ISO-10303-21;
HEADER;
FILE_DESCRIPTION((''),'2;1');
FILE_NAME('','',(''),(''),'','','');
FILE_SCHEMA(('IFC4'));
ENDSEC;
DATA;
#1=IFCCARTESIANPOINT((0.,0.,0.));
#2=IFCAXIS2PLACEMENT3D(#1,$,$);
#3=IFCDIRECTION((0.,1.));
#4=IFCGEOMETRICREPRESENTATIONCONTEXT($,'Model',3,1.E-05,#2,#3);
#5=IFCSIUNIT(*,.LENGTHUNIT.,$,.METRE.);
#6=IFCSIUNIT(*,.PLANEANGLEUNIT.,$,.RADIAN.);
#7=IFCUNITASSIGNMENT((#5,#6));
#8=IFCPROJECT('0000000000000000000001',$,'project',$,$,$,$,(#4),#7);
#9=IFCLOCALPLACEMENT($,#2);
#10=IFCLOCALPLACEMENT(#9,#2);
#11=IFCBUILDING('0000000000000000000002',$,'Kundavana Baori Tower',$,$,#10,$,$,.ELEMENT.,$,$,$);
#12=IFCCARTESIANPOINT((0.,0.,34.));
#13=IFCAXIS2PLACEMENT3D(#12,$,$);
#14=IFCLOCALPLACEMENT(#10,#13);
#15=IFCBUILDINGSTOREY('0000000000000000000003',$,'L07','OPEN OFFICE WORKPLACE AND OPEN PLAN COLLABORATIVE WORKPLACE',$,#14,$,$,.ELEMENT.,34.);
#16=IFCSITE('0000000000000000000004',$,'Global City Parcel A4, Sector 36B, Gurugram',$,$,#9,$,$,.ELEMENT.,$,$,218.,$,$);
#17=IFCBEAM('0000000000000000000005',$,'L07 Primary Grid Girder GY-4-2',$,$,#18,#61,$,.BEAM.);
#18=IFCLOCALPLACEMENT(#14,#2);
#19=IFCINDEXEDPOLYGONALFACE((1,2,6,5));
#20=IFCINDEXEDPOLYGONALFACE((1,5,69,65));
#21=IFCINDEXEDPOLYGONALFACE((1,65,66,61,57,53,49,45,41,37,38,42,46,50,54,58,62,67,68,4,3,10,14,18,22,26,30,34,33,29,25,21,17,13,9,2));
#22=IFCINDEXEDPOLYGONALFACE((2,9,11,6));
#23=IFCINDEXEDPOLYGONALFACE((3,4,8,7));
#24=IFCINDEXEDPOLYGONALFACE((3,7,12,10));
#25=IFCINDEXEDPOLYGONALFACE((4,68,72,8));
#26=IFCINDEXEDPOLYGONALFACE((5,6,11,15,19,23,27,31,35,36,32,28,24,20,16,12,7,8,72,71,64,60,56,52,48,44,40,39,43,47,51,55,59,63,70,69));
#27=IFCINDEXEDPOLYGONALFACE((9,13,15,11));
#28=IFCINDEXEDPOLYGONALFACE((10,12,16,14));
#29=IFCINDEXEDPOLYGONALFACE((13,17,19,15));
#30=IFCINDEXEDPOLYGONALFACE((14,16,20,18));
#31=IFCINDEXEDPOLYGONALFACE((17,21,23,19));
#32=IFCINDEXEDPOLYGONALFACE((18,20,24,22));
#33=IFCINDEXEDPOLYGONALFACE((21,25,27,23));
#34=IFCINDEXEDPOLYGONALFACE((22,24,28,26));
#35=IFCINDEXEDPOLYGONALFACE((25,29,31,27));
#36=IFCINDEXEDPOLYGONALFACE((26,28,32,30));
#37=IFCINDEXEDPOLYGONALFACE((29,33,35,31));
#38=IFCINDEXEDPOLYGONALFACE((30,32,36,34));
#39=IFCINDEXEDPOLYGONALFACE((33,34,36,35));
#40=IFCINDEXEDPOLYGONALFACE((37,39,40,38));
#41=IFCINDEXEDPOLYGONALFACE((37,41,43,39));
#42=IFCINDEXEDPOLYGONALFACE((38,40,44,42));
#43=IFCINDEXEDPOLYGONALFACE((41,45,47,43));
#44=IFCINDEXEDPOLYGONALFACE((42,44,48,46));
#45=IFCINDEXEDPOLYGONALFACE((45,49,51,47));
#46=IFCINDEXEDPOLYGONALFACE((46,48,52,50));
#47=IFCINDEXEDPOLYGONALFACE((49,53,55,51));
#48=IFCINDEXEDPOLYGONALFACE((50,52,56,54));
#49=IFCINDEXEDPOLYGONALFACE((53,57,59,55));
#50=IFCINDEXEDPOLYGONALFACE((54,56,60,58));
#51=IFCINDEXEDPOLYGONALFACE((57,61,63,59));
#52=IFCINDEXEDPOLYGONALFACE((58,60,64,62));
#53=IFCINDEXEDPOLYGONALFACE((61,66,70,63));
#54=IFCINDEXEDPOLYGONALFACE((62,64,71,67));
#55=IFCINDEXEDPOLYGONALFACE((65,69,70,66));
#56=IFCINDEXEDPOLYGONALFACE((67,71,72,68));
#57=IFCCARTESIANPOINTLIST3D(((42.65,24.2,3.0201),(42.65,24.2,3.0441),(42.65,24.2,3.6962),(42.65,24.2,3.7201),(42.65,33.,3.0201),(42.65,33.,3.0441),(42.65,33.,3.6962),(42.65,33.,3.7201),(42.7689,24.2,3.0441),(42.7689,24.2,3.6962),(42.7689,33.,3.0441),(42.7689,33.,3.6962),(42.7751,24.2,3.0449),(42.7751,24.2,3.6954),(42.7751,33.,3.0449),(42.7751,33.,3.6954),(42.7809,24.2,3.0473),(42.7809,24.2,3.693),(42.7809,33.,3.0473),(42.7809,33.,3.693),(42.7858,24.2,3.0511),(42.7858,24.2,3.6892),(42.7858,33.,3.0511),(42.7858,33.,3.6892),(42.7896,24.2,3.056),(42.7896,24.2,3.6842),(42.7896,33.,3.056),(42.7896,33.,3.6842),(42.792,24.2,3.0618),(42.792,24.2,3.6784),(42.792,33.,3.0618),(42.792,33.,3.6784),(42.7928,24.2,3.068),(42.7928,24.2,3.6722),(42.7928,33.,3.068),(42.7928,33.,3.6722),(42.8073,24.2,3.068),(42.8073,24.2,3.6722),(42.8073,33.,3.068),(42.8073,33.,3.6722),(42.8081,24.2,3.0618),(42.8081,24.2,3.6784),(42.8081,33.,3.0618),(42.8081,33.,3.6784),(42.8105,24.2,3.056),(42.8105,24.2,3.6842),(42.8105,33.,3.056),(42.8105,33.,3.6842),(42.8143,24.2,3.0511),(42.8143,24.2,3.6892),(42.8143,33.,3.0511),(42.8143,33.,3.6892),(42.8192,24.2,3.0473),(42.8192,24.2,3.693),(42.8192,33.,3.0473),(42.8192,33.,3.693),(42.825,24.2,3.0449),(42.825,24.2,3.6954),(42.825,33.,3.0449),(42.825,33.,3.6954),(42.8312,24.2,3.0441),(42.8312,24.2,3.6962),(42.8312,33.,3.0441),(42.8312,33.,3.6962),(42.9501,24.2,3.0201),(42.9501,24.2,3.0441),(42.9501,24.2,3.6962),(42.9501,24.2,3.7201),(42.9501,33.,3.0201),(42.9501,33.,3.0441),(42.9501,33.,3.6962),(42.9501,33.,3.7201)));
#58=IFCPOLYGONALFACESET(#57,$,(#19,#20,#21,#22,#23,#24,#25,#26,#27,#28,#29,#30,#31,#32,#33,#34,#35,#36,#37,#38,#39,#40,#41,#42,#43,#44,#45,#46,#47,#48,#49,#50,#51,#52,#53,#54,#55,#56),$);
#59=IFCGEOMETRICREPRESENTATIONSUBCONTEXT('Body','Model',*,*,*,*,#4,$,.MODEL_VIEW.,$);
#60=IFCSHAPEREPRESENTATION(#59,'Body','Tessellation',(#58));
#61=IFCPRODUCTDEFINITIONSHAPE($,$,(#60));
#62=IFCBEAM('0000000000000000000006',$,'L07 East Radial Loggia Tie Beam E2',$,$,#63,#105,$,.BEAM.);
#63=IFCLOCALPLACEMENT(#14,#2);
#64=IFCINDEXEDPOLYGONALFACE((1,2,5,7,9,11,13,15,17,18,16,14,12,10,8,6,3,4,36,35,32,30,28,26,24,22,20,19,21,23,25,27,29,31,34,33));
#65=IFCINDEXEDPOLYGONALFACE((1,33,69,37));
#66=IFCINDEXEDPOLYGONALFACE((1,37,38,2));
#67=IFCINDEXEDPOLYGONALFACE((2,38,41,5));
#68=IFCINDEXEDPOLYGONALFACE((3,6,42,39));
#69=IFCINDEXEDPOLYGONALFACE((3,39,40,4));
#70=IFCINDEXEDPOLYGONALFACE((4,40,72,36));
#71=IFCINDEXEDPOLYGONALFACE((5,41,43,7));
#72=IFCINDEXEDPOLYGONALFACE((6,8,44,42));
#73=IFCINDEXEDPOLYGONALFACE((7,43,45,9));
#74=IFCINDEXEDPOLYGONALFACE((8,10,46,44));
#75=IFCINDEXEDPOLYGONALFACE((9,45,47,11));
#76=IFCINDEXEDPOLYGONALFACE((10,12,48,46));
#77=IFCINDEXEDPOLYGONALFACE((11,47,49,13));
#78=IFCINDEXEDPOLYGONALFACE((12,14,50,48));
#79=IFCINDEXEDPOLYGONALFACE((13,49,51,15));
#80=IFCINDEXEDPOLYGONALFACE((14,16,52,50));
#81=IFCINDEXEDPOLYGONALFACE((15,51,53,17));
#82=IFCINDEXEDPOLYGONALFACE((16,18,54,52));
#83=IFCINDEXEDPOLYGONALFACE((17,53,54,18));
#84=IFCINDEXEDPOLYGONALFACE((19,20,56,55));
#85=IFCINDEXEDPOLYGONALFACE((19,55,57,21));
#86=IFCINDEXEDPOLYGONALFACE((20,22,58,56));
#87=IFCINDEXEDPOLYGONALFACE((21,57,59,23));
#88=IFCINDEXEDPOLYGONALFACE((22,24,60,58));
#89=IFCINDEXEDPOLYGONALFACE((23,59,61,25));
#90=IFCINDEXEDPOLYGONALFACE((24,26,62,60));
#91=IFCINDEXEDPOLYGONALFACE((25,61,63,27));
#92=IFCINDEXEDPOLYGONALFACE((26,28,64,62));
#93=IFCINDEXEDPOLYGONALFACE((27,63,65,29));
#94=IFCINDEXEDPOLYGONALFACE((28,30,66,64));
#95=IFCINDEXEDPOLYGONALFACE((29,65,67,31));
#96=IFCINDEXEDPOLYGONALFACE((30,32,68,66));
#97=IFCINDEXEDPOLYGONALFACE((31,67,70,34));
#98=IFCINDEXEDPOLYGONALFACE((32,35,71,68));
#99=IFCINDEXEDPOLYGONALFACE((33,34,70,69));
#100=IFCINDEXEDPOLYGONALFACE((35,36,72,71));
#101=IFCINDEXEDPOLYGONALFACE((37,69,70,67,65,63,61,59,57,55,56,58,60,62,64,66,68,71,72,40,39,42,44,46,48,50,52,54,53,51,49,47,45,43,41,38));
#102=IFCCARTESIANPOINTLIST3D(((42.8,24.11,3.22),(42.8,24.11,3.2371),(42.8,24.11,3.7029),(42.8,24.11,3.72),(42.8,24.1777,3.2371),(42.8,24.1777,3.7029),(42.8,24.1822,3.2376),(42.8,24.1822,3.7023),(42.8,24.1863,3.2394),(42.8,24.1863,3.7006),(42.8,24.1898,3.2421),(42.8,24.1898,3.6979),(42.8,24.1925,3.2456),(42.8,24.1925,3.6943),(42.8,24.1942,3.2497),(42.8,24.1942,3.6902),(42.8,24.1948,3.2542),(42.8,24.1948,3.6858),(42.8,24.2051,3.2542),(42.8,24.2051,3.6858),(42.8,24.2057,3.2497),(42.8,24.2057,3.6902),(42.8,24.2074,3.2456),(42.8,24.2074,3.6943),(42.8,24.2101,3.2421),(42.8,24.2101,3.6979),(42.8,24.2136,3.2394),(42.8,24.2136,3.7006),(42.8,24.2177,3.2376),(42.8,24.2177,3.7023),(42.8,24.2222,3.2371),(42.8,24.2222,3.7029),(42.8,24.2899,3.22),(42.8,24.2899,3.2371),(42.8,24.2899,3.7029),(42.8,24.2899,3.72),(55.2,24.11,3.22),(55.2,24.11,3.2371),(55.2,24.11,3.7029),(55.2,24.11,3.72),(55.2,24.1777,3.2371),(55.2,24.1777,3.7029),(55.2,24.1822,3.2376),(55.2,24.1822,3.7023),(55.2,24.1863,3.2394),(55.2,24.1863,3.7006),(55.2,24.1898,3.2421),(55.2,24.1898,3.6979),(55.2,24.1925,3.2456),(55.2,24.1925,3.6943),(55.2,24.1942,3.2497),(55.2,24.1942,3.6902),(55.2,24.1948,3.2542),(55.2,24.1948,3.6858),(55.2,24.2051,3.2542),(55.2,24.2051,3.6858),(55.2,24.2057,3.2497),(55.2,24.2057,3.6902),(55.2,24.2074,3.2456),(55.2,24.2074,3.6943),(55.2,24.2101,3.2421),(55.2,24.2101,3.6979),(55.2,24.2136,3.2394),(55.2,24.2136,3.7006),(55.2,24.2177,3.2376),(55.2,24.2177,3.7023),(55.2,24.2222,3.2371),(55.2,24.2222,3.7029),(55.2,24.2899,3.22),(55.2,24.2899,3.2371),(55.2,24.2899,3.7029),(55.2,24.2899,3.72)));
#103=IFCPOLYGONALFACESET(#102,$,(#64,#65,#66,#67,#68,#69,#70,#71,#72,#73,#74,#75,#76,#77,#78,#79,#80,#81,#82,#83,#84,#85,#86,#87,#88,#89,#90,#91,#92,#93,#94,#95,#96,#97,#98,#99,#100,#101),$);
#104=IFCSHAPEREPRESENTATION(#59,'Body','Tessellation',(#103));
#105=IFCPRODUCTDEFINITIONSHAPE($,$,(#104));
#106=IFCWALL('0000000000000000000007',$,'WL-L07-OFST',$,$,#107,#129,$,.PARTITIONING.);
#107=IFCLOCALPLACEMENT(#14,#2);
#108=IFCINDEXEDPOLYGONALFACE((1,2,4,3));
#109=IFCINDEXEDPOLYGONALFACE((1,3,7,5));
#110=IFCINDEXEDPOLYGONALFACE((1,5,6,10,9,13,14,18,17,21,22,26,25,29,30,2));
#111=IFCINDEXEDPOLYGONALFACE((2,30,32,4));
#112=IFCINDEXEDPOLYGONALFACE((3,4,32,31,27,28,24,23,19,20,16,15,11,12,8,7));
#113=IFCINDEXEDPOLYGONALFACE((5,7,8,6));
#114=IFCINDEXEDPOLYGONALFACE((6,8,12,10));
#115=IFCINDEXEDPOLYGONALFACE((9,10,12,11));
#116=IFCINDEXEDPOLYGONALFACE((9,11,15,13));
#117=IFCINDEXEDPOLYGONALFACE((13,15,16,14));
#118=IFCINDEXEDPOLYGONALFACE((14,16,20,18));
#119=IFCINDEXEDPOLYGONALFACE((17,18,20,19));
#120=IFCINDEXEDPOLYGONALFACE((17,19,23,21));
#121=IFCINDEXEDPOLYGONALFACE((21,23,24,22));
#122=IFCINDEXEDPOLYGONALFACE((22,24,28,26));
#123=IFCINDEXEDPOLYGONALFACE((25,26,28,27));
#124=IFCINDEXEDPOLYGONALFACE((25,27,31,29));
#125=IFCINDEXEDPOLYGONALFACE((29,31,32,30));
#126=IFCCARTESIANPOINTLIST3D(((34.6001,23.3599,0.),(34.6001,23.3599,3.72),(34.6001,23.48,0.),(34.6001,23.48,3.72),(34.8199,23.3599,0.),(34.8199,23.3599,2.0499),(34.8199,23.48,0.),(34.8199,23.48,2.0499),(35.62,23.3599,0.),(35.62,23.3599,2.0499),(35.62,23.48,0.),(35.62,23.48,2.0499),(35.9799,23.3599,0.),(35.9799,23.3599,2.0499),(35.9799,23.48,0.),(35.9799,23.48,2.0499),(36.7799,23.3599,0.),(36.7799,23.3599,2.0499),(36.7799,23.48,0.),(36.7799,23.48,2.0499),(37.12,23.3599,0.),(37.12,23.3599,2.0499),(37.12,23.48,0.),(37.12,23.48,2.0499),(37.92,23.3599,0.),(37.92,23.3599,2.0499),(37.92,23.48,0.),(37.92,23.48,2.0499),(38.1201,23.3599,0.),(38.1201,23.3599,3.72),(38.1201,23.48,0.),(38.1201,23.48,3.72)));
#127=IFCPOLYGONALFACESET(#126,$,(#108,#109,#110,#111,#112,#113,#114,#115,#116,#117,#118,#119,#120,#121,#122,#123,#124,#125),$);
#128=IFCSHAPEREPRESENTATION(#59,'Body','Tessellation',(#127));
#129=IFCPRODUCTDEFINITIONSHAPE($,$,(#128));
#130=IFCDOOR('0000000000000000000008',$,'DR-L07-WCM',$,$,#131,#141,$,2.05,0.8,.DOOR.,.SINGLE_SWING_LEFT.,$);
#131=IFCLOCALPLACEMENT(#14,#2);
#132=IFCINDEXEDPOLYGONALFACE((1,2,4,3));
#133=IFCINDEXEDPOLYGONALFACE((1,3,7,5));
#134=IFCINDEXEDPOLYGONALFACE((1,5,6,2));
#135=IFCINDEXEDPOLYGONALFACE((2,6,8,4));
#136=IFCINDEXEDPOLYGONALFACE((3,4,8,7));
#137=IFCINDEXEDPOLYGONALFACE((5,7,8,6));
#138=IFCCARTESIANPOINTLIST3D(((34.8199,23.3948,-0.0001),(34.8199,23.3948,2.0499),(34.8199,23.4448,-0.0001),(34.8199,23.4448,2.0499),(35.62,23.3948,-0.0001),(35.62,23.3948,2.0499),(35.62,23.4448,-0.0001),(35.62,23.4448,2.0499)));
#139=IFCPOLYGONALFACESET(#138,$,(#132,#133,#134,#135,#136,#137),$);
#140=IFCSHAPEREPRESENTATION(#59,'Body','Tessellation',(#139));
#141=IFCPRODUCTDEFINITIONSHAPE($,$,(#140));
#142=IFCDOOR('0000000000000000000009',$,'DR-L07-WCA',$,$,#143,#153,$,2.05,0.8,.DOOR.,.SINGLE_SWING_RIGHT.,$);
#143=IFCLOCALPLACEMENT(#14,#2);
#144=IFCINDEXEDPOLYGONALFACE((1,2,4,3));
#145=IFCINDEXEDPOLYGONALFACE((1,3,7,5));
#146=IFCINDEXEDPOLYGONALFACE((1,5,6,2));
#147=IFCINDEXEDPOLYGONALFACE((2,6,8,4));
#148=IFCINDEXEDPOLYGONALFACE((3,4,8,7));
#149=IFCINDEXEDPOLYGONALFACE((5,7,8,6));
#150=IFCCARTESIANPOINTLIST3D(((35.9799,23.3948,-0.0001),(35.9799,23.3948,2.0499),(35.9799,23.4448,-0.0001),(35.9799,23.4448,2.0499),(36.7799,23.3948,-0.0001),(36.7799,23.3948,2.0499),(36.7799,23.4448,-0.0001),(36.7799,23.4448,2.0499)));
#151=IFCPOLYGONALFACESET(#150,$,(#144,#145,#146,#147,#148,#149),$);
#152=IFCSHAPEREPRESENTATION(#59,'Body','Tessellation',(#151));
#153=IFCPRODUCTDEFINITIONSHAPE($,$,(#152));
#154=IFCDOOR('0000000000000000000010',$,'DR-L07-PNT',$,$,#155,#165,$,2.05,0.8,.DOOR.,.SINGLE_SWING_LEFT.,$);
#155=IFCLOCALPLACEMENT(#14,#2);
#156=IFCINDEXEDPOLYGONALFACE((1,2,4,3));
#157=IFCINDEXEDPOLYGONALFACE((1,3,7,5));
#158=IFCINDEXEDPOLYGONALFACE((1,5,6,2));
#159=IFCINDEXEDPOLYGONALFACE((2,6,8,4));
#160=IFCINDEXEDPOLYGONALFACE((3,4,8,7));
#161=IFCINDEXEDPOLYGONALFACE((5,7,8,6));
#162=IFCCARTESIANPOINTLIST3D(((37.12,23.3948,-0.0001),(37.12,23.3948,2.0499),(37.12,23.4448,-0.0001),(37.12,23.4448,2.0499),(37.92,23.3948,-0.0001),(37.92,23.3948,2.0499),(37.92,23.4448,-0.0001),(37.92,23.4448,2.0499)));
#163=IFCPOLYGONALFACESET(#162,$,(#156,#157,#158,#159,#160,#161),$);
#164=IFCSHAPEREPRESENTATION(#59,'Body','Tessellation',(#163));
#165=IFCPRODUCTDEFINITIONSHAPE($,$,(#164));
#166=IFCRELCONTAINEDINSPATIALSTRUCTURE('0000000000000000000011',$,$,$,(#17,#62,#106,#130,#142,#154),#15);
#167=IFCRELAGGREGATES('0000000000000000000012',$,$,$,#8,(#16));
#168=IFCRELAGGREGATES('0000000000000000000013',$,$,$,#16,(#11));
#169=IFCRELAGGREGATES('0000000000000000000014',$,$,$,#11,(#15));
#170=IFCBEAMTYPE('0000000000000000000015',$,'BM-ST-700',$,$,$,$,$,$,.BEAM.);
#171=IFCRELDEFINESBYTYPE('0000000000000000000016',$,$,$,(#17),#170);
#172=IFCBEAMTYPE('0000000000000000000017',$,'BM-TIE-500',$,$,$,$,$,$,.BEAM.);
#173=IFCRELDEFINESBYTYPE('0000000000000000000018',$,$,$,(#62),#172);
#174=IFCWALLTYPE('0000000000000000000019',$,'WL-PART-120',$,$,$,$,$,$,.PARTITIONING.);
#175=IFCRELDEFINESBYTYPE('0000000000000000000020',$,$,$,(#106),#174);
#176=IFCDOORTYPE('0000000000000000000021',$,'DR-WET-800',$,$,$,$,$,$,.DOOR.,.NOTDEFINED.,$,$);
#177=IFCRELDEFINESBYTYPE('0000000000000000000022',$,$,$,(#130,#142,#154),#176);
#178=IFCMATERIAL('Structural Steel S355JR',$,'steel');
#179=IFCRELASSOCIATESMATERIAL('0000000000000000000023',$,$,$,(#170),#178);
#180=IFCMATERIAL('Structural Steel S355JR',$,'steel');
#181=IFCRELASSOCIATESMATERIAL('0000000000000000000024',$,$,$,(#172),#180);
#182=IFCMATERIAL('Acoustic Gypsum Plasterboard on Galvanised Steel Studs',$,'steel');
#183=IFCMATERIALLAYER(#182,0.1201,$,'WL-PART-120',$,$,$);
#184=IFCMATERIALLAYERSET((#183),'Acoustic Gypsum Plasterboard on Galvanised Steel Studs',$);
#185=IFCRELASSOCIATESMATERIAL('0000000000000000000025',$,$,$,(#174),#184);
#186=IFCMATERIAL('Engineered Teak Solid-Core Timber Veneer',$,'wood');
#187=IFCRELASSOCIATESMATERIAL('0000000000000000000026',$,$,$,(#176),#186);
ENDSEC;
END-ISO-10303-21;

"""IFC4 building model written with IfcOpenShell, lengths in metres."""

from ifc_helpers import new_model, si_unit, direction, frame, frame_2d, origin, origin_2d, place, context, subcontext, project, spatial, rectangle, i_section, extrude, material, layer, layer_set, material_profile, profile_set, type_object, element, fill, save


model = new_model("IFC4")

# Units and contexts
model_context = context("Model", 3, precision=1e-05, world=origin(), true_north=direction((0.0, 1.0)))
body_context = subcontext(model_context, "Body", "Model", "MODEL_VIEW")
ifc_project = project(units=[si_unit("LENGTHUNIT", "METRE"), si_unit("PLANEANGLEUNIT", "RADIAN")], contexts=[model_context])

# Site, building, storey
site_placement = place(None, origin())
site = spatial("IfcSite", under=ifc_project, at=site_placement, Name="Global City Parcel A4, Sector 36B, Gurugram", CompositionType="ELEMENT", RefElevation=218.0)
building_placement = place(site_placement, origin())
building = spatial("IfcBuilding", under=site, at=building_placement, Name="Kundavana Baori Tower", CompositionType="ELEMENT")
storey_placement = place(building_placement, frame((0.0, 0.0, 34.0)))
storey = spatial("IfcBuildingStorey", under=building, at=storey_placement, Name="L07", Description="OPEN OFFICE WORKPLACE AND OPEN PLAN COLLABORATIVE WORKPLACE", CompositionType="ELEMENT", Elevation=34.0)

# Beams
ifc_material_1 = material(Name="Structural Steel S355JR", Category="steel")
ifc_material_profile_1 = material_profile(ifc_material_1, i_section(OverallWidth=0.3, OverallDepth=0.7, WebThickness=0.0144, FlangeThickness=0.0239, FilletRadius=0.0239, at=origin_2d()), Name="NPB 700x300x170")
ifc_profile_set_1 = profile_set([ifc_material_profile_1], Name="Structural Steel S355JR")
beam_type_1 = type_object("IfcBeamType", Name="BM-ST-700", PredefinedType="BEAM", material=ifc_profile_set_1)
beam_1_placement = place(storey_placement, frame((42.8, 24.2, 3.3701), z_axis=(0.0, 1.0, 0.0), x_axis=(-1.0, 0.0, 0.0)))
element("IfcBeam", 1, at=beam_1_placement, inside=storey, type_object=beam_type_1, Name="L07 Primary Grid Girder GY-4-2", PredefinedType="BEAM", context=body_context, shape_type="SweptSolid", body=[
    extrude(i_section(OverallWidth=0.3, OverallDepth=0.7, WebThickness=0.0144, FlangeThickness=0.0239, FilletRadius=0.0239, at=origin_2d()), origin(), (0.0, 0.0, 1.0), 8.8),
])
ifc_material_2 = material(Name="Structural Steel S355JR", Category="steel")
ifc_material_profile_2 = material_profile(ifc_material_2, i_section(OverallWidth=0.1799, OverallDepth=0.5, WebThickness=0.0103, FlangeThickness=0.0171, FilletRadius=0.0171, at=origin_2d()), Name="ISMB 500")
ifc_profile_set_2 = profile_set([ifc_material_profile_2], Name="Structural Steel S355JR")
beam_type_2 = type_object("IfcBeamType", Name="BM-TIE-500", PredefinedType="BEAM", material=ifc_profile_set_2)
beam_2_placement = place(storey_placement, frame((42.8, 24.2, 3.47), z_axis=(1.0, 0.0, 0.0), x_axis=(0.0, 1.0, 0.0)))
element("IfcBeam", 2, at=beam_2_placement, inside=storey, type_object=beam_type_2, Name="L07 East Radial Loggia Tie Beam E2", PredefinedType="BEAM", context=body_context, shape_type="SweptSolid", body=[
    extrude(i_section(OverallWidth=0.1799, OverallDepth=0.5, WebThickness=0.0103, FlangeThickness=0.0171, FilletRadius=0.0171, at=origin_2d()), origin(), (0.0, 0.0, 1.0), 12.3999),
])

# Wall, openings, doors
ifc_material_3 = material(Name="Acoustic Gypsum Plasterboard on Galvanised Steel Studs", Category="steel")
ifc_layer_1 = layer(ifc_material_3, 0.1201, Name="WL-PART-120")
ifc_layer_set_1 = layer_set([ifc_layer_1], Name="Acoustic Gypsum Plasterboard on Galvanised Steel Studs")
wall_type_1 = type_object("IfcWallType", Name="WL-PART-120", PredefinedType="PARTITIONING", material=ifc_layer_set_1)
wall_placement = place(storey_placement, frame((34.6001, 23.4199, 0.0), z_axis=(0.0, 0.0, 1.0), x_axis=(1.0, 0.0, 0.0)))
wall = element("IfcWall", 3, at=wall_placement, inside=storey, type_object=wall_type_1, Name="WL-L07-OFST", PredefinedType="PARTITIONING", context=body_context, shape_type="SweptSolid", body=[
    extrude(rectangle(XDim=3.52, YDim=0.1201, at=frame_2d((1.76, 0.0))), origin(), (0.0, 0.0, 1.0), 3.72),
])
opening_1_placement = place(wall_placement, frame((0.22, 0.0, 0.0)))
opening_1 = element("IfcOpeningElement", 4, at=opening_1_placement, cuts=wall, PredefinedType="OPENING", context=body_context, shape_type="SweptSolid", body=[
    extrude(rectangle(XDim=0.8, YDim=2.05, at=frame_2d((0.3999, 1.0249))), frame((0.0, 0.0701, 0.0), z_axis=(0.0, -1.0, 0.0), x_axis=(1.0, 0.0, 0.0)), (0.0, 0.0, 1.0), 0.1401),
])
opening_2_placement = place(wall_placement, frame((1.3799, 0.0, 0.0)))
opening_2 = element("IfcOpeningElement", 5, at=opening_2_placement, cuts=wall, PredefinedType="OPENING", context=body_context, shape_type="SweptSolid", body=[
    extrude(rectangle(XDim=0.8, YDim=2.05, at=frame_2d((0.3999, 1.0249))), frame((0.0, 0.0701, 0.0), z_axis=(0.0, -1.0, 0.0), x_axis=(1.0, 0.0, 0.0)), (0.0, 0.0, 1.0), 0.1401),
])
opening_3_placement = place(wall_placement, frame((2.52, 0.0, 0.0)))
opening_3 = element("IfcOpeningElement", 6, at=opening_3_placement, cuts=wall, PredefinedType="OPENING", context=body_context, shape_type="SweptSolid", body=[
    extrude(rectangle(XDim=0.8, YDim=2.05, at=frame_2d((0.3999, 1.0249))), frame((0.0, 0.0701, 0.0), z_axis=(0.0, -1.0, 0.0), x_axis=(1.0, 0.0, 0.0)), (0.0, 0.0, 1.0), 0.1401),
])
ifc_material_4 = material(Name="Engineered Teak Solid-Core Timber Veneer", Category="wood")
door_type = type_object("IfcDoorType", Name="DR-WET-800", OperationType="NOTDEFINED", PredefinedType="DOOR", material=ifc_material_4)
door_1_placement = place(opening_1_placement, origin())
door_1 = element("IfcDoor", 7, at=door_1_placement, inside=storey, type_object=door_type, Name="DR-L07-WCM", OperationType="SINGLE_SWING_LEFT", OverallHeight=2.05, OverallWidth=0.8, PredefinedType="DOOR", context=body_context, shape_type="SweptSolid", body=[
    extrude(rectangle(XDim=0.8, YDim=2.05, at=frame_2d((0.3999, 1.0249))), frame((0.0, 0.0249, 0.0), z_axis=(0.0, -1.0, 0.0), x_axis=(1.0, 0.0, 0.0)), (0.0, 0.0, 1.0), 0.05),
])
fill(opening_1, door_1)
door_2_placement = place(opening_2_placement, origin())
door_2 = element("IfcDoor", 8, at=door_2_placement, inside=storey, type_object=door_type, Name="DR-L07-WCA", OperationType="SINGLE_SWING_RIGHT", OverallHeight=2.05, OverallWidth=0.8, PredefinedType="DOOR", context=body_context, shape_type="SweptSolid", body=[
    extrude(rectangle(XDim=0.8, YDim=2.05, at=frame_2d((0.3999, 1.0249))), frame((0.0, 0.0249, 0.0), z_axis=(0.0, -1.0, 0.0), x_axis=(1.0, 0.0, 0.0)), (0.0, 0.0, 1.0), 0.05),
])
fill(opening_2, door_2)
door_3_placement = place(opening_3_placement, origin())
door_3 = element("IfcDoor", 9, at=door_3_placement, inside=storey, type_object=door_type, Name="DR-L07-PNT", OperationType="SINGLE_SWING_LEFT", OverallHeight=2.05, OverallWidth=0.8, PredefinedType="DOOR", context=body_context, shape_type="SweptSolid", body=[
    extrude(rectangle(XDim=0.8, YDim=2.05, at=frame_2d((0.3999, 1.0249))), frame((0.0, 0.0249, 0.0), z_axis=(0.0, -1.0, 0.0), x_axis=(1.0, 0.0, 0.0)), (0.0, 0.0, 1.0), 0.05),
])
fill(opening_3, door_3)

save(model, "model.ifc")
